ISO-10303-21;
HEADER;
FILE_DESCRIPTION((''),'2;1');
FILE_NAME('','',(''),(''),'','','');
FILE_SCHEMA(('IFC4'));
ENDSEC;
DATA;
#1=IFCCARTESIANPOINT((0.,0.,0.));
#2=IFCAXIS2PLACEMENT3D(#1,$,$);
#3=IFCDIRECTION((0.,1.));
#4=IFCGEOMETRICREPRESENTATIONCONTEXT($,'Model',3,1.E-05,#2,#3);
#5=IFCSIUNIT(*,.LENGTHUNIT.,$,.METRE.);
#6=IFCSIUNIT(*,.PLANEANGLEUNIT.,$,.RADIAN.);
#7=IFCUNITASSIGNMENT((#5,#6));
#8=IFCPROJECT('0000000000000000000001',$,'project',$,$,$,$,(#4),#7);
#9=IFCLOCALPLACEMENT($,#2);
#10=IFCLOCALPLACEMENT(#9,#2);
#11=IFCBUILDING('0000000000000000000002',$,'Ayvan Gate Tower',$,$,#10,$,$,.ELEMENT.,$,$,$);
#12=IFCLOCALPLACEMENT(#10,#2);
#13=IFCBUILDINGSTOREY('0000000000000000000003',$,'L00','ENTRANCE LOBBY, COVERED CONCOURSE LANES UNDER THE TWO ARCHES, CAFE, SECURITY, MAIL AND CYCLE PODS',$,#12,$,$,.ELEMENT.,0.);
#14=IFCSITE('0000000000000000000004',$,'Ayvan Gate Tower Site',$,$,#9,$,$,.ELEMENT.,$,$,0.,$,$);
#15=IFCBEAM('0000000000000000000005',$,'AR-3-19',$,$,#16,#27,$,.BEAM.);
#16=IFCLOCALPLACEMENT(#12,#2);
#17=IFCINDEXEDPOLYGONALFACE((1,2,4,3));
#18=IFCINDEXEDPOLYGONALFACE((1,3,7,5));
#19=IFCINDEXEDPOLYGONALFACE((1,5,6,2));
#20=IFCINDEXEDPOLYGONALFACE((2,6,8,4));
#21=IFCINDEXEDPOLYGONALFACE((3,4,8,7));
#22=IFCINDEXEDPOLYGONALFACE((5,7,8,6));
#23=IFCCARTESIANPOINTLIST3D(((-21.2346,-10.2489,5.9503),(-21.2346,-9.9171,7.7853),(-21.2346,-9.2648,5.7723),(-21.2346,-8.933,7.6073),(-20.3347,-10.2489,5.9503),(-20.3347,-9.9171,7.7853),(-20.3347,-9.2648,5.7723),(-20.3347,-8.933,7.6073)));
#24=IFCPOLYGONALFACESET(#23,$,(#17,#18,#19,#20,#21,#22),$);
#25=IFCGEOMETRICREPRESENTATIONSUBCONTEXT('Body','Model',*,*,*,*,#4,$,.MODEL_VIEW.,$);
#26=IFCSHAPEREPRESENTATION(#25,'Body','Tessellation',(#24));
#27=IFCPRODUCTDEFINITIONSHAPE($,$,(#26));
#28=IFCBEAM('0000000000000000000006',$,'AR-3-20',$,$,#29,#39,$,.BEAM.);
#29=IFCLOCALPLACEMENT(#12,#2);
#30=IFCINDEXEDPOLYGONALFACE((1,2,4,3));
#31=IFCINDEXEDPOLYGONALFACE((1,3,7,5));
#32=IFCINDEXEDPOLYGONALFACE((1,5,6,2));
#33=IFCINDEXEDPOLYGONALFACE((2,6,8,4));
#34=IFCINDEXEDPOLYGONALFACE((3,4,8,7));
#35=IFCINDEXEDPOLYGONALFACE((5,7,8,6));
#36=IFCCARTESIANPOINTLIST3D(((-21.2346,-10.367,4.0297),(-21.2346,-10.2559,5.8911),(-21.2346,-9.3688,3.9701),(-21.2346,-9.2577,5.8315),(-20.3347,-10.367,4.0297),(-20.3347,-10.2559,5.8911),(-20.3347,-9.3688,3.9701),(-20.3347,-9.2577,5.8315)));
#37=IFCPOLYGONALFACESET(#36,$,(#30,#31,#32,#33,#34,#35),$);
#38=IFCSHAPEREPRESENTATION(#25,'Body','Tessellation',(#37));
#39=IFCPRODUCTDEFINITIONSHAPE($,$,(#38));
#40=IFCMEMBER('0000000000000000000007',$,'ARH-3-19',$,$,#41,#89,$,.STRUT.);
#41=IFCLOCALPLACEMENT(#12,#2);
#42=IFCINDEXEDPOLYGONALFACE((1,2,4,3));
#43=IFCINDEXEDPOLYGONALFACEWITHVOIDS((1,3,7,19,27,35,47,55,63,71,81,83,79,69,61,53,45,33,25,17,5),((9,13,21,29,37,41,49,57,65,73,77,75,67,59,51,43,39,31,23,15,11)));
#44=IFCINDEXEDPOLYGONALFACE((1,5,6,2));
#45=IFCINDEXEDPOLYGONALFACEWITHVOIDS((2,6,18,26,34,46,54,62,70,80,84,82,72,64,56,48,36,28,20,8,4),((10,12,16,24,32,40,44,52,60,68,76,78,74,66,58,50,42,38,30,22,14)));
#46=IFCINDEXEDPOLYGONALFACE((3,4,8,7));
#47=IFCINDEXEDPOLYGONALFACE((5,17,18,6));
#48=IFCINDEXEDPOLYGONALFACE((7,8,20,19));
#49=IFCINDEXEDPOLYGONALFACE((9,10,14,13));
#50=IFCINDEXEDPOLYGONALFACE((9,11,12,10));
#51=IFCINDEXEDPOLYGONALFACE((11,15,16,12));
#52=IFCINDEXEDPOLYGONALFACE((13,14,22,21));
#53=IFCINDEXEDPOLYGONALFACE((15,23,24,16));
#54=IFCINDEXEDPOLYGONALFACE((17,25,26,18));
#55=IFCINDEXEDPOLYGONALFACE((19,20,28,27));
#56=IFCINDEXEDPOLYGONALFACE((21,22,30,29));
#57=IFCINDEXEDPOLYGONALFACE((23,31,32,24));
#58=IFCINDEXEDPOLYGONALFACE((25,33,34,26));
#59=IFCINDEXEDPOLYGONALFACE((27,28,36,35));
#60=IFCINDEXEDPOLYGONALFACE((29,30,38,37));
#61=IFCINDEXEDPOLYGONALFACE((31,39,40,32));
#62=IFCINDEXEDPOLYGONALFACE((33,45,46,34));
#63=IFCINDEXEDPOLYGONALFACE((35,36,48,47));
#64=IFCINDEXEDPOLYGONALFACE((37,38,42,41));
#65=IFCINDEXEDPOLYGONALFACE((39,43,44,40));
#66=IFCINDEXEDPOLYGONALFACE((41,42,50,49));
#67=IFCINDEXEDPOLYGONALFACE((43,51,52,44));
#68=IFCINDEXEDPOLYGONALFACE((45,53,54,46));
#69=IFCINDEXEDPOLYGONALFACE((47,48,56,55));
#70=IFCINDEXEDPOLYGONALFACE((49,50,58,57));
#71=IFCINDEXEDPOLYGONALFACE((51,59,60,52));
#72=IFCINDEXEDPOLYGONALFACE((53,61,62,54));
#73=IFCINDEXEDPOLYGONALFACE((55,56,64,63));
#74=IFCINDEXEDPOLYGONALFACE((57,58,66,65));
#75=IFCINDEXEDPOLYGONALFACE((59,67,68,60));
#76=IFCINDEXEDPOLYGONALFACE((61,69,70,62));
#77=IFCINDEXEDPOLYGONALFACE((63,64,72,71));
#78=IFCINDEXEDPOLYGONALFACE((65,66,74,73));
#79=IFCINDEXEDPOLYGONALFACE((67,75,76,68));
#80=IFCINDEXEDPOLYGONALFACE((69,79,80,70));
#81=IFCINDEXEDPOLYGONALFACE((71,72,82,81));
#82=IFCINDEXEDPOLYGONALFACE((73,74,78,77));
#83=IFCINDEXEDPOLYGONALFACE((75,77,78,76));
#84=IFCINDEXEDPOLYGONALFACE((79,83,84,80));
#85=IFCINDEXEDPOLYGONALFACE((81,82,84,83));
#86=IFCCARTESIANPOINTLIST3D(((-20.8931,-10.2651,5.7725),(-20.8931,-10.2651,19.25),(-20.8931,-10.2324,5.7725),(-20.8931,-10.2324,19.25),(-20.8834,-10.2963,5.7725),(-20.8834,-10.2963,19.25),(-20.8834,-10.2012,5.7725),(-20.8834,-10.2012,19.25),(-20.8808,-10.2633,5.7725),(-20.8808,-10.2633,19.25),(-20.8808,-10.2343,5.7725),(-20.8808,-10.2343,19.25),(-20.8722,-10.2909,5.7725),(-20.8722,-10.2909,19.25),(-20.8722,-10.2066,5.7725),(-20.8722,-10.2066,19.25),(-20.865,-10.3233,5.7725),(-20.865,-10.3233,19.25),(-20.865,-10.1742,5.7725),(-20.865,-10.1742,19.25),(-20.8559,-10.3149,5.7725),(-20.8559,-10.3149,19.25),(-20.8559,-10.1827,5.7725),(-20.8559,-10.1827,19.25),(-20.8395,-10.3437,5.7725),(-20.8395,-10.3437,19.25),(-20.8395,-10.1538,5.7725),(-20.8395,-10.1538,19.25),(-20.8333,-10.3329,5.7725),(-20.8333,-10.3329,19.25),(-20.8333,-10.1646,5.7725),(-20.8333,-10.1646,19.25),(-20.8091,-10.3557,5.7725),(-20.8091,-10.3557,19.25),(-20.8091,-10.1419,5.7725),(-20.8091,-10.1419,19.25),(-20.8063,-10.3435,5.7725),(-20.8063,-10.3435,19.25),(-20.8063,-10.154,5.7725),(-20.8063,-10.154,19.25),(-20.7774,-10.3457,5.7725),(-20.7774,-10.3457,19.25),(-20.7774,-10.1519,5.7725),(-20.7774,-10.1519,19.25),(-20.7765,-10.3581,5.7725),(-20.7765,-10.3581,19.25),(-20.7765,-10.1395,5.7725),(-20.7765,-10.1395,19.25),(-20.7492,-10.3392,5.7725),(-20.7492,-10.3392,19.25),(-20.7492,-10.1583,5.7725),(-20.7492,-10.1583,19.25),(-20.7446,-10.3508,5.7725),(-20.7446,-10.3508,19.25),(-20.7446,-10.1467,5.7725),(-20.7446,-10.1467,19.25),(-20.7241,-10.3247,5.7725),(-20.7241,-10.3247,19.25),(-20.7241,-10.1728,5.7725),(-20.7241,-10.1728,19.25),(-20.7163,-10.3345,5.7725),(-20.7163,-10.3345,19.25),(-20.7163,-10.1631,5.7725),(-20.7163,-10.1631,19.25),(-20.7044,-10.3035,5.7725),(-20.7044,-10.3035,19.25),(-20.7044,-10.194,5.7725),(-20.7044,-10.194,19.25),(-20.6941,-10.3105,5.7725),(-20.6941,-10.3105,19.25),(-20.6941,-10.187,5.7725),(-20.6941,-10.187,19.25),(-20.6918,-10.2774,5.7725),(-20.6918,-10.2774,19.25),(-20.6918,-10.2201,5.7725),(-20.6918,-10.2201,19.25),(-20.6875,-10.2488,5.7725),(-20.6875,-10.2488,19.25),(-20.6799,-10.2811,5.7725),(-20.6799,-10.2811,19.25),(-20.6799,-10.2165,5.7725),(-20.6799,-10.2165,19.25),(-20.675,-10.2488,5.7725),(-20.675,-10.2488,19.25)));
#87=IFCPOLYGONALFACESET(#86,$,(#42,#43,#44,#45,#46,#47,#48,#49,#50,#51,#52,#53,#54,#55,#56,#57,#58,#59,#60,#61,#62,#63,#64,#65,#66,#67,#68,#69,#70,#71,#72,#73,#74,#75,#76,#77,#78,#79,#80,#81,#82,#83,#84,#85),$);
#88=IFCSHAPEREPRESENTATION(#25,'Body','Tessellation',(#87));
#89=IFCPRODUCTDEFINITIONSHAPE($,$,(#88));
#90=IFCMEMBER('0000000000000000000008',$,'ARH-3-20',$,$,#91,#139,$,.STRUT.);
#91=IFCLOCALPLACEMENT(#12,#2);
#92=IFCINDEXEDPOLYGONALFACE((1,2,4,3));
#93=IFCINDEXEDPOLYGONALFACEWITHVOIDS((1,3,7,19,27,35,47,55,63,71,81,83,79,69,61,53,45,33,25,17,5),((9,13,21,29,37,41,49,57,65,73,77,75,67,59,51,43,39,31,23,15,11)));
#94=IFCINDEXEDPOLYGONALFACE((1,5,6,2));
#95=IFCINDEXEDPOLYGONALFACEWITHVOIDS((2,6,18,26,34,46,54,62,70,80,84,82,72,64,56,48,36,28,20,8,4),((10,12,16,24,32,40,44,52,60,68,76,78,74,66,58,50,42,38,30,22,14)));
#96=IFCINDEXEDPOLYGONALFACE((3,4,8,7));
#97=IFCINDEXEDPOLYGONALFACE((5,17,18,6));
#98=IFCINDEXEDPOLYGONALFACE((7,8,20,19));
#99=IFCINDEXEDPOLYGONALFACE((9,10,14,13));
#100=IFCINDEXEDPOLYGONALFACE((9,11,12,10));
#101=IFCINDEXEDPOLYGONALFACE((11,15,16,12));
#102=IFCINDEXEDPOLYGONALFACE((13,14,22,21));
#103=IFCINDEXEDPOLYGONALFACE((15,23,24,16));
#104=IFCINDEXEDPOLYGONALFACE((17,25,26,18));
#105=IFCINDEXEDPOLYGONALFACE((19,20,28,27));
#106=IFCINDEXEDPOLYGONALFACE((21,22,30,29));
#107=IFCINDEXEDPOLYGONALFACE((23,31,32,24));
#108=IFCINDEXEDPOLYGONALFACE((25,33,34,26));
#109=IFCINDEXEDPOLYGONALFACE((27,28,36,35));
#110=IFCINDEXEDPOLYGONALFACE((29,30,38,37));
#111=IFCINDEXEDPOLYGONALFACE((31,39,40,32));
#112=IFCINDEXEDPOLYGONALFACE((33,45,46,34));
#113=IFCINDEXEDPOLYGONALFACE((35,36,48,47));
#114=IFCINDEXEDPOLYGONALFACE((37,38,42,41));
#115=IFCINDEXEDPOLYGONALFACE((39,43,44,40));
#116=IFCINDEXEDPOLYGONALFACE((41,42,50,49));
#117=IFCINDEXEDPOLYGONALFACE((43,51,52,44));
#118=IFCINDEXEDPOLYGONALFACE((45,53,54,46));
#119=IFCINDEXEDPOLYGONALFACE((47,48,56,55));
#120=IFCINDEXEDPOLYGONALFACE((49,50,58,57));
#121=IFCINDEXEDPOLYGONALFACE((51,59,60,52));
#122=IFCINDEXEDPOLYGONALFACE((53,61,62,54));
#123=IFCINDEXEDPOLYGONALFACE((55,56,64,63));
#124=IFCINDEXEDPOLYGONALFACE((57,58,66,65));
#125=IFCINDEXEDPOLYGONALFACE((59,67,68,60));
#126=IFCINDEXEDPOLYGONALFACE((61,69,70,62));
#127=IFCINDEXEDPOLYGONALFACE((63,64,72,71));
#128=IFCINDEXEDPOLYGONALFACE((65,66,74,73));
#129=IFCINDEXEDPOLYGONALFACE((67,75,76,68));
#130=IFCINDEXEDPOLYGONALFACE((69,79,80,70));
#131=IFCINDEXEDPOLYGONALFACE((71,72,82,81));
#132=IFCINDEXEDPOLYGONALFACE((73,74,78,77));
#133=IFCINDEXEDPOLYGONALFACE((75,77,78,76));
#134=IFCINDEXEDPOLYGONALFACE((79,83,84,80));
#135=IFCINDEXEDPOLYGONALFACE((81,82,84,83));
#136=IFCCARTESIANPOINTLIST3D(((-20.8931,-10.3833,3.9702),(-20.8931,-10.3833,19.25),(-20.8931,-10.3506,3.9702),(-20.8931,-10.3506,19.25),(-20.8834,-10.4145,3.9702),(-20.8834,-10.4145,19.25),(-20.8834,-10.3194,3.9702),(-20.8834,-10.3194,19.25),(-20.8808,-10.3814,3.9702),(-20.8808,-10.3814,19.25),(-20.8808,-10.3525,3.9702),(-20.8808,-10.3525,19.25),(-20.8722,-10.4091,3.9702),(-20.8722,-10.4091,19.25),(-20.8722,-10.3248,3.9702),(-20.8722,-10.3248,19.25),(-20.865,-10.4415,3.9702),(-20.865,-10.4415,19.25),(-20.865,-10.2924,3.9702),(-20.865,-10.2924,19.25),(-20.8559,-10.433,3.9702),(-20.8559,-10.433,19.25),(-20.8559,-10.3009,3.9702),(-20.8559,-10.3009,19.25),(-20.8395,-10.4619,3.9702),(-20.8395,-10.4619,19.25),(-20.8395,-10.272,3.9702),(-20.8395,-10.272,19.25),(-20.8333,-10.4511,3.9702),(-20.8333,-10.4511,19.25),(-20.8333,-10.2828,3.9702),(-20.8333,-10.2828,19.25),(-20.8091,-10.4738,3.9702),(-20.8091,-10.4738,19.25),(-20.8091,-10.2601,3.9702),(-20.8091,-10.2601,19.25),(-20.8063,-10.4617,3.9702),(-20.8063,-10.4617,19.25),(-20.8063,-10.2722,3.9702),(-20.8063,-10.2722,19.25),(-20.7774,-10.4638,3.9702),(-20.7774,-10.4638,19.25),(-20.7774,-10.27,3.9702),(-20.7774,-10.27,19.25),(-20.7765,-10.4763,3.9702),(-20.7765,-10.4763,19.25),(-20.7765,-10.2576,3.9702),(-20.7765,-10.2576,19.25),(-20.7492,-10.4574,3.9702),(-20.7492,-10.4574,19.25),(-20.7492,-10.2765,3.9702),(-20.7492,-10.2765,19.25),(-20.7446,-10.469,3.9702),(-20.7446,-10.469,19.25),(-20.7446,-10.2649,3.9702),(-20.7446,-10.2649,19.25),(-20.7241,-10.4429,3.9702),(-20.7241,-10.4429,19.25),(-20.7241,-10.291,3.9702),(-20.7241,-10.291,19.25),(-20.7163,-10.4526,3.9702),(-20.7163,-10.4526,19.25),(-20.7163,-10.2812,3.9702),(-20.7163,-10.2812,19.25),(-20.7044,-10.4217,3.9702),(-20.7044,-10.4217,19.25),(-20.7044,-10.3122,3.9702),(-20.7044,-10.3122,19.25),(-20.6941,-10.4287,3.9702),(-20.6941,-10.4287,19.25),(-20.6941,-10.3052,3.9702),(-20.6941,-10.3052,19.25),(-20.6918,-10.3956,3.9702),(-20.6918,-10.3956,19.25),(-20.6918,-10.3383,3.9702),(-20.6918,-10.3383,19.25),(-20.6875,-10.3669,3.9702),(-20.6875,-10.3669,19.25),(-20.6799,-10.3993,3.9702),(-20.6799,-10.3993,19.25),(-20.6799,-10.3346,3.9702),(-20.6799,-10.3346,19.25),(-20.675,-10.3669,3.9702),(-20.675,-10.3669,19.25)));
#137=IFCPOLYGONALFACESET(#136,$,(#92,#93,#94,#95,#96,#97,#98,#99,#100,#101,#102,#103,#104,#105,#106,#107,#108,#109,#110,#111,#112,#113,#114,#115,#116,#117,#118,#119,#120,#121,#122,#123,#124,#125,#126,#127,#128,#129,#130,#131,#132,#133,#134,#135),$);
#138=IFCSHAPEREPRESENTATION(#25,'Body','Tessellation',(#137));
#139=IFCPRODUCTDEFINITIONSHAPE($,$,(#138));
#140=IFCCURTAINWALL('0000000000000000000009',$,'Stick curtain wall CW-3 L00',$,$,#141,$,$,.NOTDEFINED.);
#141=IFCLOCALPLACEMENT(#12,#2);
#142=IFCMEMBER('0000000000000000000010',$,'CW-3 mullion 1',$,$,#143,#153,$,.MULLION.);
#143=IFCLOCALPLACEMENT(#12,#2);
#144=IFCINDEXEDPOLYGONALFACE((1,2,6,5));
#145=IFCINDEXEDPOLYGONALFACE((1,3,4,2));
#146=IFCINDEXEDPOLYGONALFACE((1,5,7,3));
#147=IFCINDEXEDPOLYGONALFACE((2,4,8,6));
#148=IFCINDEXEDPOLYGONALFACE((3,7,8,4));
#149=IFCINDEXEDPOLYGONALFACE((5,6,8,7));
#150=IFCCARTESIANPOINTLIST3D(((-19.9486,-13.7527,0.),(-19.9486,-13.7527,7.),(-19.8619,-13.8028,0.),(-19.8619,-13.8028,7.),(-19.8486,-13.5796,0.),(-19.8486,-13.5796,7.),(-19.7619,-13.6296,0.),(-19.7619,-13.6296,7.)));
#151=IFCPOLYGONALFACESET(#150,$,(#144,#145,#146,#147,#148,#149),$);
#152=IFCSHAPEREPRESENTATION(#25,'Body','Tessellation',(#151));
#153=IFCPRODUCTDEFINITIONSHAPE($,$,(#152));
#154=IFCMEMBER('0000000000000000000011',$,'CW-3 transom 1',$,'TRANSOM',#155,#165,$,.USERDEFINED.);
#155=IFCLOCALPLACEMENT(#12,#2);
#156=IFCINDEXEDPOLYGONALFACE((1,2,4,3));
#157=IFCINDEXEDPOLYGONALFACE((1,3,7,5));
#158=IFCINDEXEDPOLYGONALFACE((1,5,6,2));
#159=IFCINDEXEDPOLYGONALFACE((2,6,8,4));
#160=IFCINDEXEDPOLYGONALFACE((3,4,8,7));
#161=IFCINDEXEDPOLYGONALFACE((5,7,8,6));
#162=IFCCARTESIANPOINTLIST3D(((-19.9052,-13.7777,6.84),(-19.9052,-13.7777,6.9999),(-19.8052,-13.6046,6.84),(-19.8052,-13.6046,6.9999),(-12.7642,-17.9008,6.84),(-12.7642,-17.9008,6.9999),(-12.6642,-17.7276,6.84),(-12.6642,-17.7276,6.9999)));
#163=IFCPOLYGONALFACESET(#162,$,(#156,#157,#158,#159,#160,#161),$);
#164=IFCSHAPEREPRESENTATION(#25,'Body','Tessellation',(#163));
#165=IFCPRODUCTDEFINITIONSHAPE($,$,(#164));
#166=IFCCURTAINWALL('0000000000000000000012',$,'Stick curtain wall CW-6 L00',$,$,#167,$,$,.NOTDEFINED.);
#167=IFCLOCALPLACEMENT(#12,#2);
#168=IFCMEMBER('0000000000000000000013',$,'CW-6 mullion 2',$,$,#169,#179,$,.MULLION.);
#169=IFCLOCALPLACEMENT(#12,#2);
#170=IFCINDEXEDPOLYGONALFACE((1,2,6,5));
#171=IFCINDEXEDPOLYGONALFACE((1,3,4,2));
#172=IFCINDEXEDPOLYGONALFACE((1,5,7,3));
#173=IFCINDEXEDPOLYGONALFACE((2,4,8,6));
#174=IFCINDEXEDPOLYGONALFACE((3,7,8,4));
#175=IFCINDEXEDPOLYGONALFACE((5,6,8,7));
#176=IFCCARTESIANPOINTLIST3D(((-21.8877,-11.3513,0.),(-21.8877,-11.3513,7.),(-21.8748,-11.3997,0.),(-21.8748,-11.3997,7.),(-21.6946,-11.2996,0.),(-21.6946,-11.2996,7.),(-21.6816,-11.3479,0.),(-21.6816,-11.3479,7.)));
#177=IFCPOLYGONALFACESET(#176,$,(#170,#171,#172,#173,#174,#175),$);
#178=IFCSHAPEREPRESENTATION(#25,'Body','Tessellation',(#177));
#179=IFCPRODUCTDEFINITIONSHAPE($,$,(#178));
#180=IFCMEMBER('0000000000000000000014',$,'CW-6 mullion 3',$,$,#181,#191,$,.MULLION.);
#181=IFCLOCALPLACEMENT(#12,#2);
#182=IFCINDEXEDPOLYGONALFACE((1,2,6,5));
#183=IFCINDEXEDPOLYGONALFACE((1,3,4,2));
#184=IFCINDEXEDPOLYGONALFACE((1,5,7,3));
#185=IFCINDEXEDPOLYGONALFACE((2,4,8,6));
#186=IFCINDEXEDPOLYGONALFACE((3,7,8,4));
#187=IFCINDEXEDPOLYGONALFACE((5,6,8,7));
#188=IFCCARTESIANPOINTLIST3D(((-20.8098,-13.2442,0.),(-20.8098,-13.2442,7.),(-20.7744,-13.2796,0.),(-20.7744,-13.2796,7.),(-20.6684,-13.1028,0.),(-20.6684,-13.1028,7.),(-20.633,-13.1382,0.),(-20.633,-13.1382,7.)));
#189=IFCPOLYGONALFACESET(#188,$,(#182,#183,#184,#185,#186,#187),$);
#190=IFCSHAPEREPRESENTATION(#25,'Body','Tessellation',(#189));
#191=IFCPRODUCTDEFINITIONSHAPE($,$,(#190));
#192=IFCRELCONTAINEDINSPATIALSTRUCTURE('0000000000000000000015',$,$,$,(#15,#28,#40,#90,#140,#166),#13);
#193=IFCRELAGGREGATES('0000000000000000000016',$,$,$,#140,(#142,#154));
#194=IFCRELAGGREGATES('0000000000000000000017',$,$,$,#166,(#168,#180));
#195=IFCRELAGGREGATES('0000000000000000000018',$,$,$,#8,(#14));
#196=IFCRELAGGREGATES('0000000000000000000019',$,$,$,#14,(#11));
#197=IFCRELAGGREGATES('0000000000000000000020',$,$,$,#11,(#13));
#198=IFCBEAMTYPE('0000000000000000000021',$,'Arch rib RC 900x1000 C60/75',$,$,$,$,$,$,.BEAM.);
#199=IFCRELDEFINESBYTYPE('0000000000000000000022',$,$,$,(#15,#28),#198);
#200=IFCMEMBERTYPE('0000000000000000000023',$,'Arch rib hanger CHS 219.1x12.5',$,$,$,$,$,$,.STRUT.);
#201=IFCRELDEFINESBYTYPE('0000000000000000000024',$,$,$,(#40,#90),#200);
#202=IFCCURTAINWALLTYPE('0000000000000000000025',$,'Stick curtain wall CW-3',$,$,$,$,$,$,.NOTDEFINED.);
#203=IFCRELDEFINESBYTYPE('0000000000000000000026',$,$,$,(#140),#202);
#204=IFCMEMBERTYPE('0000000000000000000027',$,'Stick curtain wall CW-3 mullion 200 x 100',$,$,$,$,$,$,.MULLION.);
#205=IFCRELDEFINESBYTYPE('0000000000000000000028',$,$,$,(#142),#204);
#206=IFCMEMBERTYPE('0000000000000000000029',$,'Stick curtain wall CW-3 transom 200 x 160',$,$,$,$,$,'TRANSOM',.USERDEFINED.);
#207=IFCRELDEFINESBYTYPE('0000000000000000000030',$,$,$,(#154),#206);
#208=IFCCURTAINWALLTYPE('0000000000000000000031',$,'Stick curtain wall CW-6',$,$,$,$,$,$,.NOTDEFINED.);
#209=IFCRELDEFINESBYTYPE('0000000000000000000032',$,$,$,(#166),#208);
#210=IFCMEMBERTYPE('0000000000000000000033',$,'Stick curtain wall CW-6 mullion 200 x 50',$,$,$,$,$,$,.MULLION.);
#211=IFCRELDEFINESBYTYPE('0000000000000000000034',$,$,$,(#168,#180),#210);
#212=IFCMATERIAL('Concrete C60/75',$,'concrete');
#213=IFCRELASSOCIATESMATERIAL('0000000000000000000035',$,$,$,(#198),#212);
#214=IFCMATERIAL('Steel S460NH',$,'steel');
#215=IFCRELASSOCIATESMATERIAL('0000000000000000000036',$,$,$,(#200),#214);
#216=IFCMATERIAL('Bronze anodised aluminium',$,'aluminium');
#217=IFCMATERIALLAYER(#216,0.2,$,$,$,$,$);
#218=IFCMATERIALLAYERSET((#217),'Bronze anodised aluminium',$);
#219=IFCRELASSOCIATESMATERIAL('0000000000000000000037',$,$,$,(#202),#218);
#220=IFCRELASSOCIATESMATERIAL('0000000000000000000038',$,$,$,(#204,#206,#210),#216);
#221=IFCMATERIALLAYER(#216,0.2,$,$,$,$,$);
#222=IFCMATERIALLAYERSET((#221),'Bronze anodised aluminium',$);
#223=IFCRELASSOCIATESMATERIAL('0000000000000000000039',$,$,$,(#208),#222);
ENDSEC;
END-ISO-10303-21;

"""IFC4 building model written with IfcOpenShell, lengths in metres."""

from ifc_helpers import new_model, si_unit, direction, frame, origin, origin_2d, place, context, subcontext, project, spatial, rectangle, hollow_circle, extrude, material, layer, layer_set, material_profile, profile_set, type_object, element, aggregate, save


model = new_model("IFC4")

# Units and contexts
model_context = context("Model", 3, precision=1e-05, world=origin(), true_north=direction((0.0, 1.0)))
body_context = subcontext(model_context, "Body", "Model", "MODEL_VIEW")
ifc_project = project(units=[si_unit("LENGTHUNIT", "METRE"), si_unit("PLANEANGLEUNIT", "RADIAN")], contexts=[model_context])

# Site, building, storey
site_placement = place(None, origin())
site = spatial("IfcSite", under=ifc_project, at=site_placement, Name="Ayvan Gate Tower Site", CompositionType="ELEMENT", RefElevation=0.0)
building_placement = place(site_placement, origin())
building = spatial("IfcBuilding", under=site, at=building_placement, Name="Ayvan Gate Tower", CompositionType="ELEMENT")
storey_placement = place(building_placement, origin())
storey = spatial("IfcBuildingStorey", under=building, at=storey_placement, Name="L00", Description="ENTRANCE LOBBY, COVERED CONCOURSE LANES UNDER THE TWO ARCHES, CAFE, SECURITY, MAIL AND CYCLE PODS", CompositionType="ELEMENT", Elevation=0.0)

# Shared definitions
ifc_material_1 = material(Name="Concrete C60/75", Category="concrete")

# Beams
ifc_material_profile_1 = material_profile(ifc_material_1, rectangle(XDim=0.8999, YDim=1.0, at=origin_2d()), Name="RC 900x1000")
ifc_profile_set_1 = profile_set([ifc_material_profile_1], Name="Concrete C60/75")
beam_type = type_object("IfcBeamType", Name="Arch rib RC 900x1000 C60/75", PredefinedType="BEAM", material=ifc_profile_set_1)
for number, where, z_axis, x_axis, name in (
    (1, (-20.7847, -9.425, 7.6963), (0.0, -0.177929, -0.984043), (1.0, 0.0, 0.0), "AR-3-19"),
    (2, (-20.7847, -9.7568, 5.8613), (0.0, -0.059574, -0.998224), (1.0, 0.0, 0.0), "AR-3-20"),
):
    element("IfcBeam", number, at=place(storey_placement, frame(where, z_axis=z_axis, x_axis=x_axis)), inside=storey, type_object=beam_type, Name=name, PredefinedType="BEAM", context=body_context, shape_type="SweptSolid", body=[
        extrude(rectangle(XDim=0.8999, YDim=1.0, at=origin_2d()), origin(), (0.0, 0.0, 1.0), 1.8647),
    ])

# Members
ifc_material_2 = material(Name="Steel S460NH", Category="steel")
ifc_material_profile_2 = material_profile(ifc_material_2, hollow_circle(Radius=0.1096, WallThickness=0.0125, at=origin_2d()), Name="CHS 219.1x12.5")
ifc_profile_set_2 = profile_set([ifc_material_profile_2], Name="Steel S460NH")
member_type_1 = type_object("IfcMemberType", Name="Arch rib hanger CHS 219.1x12.5", PredefinedType="STRUT", material=ifc_profile_set_2)
member_1_placement = place(storey_placement, frame((-20.7847, -10.2488, 5.7725), z_axis=(0.0, 0.0, 1.0), x_axis=(1.0, 0.0, 0.0)))
element("IfcMember", 3, at=member_1_placement, inside=storey, type_object=member_type_1, Name="ARH-3-19", PredefinedType="STRUT", context=body_context, shape_type="SweptSolid", body=[
    extrude(hollow_circle(Radius=0.1096, WallThickness=0.0125, at=origin_2d()), origin(), (0.0, 0.0, 1.0), 13.4775),
])
member_2_placement = place(storey_placement, frame((-20.7847, -10.3669, 3.9702), z_axis=(0.0, 0.0, 1.0), x_axis=(1.0, 0.0, 0.0)))
element("IfcMember", 4, at=member_2_placement, inside=storey, type_object=member_type_1, Name="ARH-3-20", PredefinedType="STRUT", context=body_context, shape_type="SweptSolid", body=[
    extrude(hollow_circle(Radius=0.1096, WallThickness=0.0125, at=origin_2d()), origin(), (0.0, 0.0, 1.0), 15.2798),
])

# Curtain walls, members
ifc_material_3 = material(Name="Bronze anodised aluminium", Category="aluminium")
ifc_layer_1 = layer(ifc_material_3, 0.2)
ifc_layer_set_1 = layer_set([ifc_layer_1], Name="Bronze anodised aluminium")
curtain_wall_type_1 = type_object("IfcCurtainWallType", Name="Stick curtain wall CW-3", PredefinedType="NOTDEFINED", material=ifc_layer_set_1)
curtain_wall_1_placement = place(storey_placement, origin())
curtain_wall_1 = element("IfcCurtainWall", 5, at=curtain_wall_1_placement, inside=storey, type_object=curtain_wall_type_1, Name="Stick curtain wall CW-3 L00", PredefinedType="NOTDEFINED")
ifc_material_profile_3 = material_profile(ifc_material_3, rectangle(XDim=0.2, YDim=0.1001, at=origin_2d()), Name="Stick curtain wall CW-3 mullion 200 x 100")
ifc_profile_set_3 = profile_set([ifc_material_profile_3], Name="Bronze anodised aluminium")
member_type_2 = type_object("IfcMemberType", Name="Stick curtain wall CW-3 mullion 200 x 100", PredefinedType="MULLION", material=ifc_profile_set_3)
member_3_placement = place(storey_placement, frame((-19.8552, -13.6912, 0.0), z_axis=(0.0, 0.0, 1.0), x_axis=(-0.5, -0.866025, 0.0)))
member_3 = element("IfcMember", 6, at=member_3_placement, type_object=member_type_2, Name="CW-3 mullion 1", PredefinedType="MULLION", context=body_context, shape_type="SweptSolid", body=[
    extrude(rectangle(XDim=0.2, YDim=0.1001, at=origin_2d()), origin(), (0.0, 0.0, 1.0), 7.0),
])
ifc_material_profile_4 = material_profile(ifc_material_3, rectangle(XDim=0.2, YDim=0.1599, at=origin_2d()), Name="Stick curtain wall CW-3 transom 200 x 160")
ifc_profile_set_4 = profile_set([ifc_material_profile_4], Name="Bronze anodised aluminium")
member_type_3 = type_object("IfcMemberType", Name="Stick curtain wall CW-3 transom 200 x 160", ElementType="TRANSOM", PredefinedType="USERDEFINED", material=ifc_profile_set_4)
member_4_placement = place(storey_placement, frame((-19.8552, -13.6912, 6.9199), z_axis=(0.866019, -0.500011, 0.0), x_axis=(0.500011, 0.866019, 0.0)))
member_4 = element("IfcMember", 7, at=member_4_placement, type_object=member_type_3, Name="CW-3 transom 1", ObjectType="TRANSOM", PredefinedType="USERDEFINED", context=body_context, shape_type="SweptSolid", body=[
    extrude(rectangle(XDim=0.2, YDim=0.1599, at=origin_2d()), origin(), (0.0, 0.0, 1.0), 8.2458),
])
ifc_layer_2 = layer(ifc_material_3, 0.2)
ifc_layer_set_2 = layer_set([ifc_layer_2], Name="Bronze anodised aluminium")
curtain_wall_type_2 = type_object("IfcCurtainWallType", Name="Stick curtain wall CW-6", PredefinedType="NOTDEFINED", material=ifc_layer_set_2)
curtain_wall_2_placement = place(storey_placement, origin())
curtain_wall_2 = element("IfcCurtainWall", 8, at=curtain_wall_2_placement, inside=storey, type_object=curtain_wall_type_2, Name="Stick curtain wall CW-6 L00", PredefinedType="NOTDEFINED")
ifc_material_profile_5 = material_profile(ifc_material_3, rectangle(XDim=0.2, YDim=0.05, at=origin_2d()), Name="Stick curtain wall CW-6 mullion 200 x 50")
ifc_profile_set_5 = profile_set([ifc_material_profile_5], Name="Bronze anodised aluminium")
member_type_4 = type_object("IfcMemberType", Name="Stick curtain wall CW-6 mullion 200 x 50", PredefinedType="MULLION", material=ifc_profile_set_5)
member_5_placement = place(storey_placement, frame((-21.7847, -11.3496, 0.0), z_axis=(0.0, 0.0, 1.0), x_axis=(-0.965926, -0.258819, 0.0)))
member_5 = element("IfcMember", 9, at=member_5_placement, type_object=member_type_4, Name="CW-6 mullion 2", PredefinedType="MULLION", context=body_context, shape_type="SweptSolid", body=[
    extrude(rectangle(XDim=0.2, YDim=0.05, at=origin_2d()), origin(), (0.0, 0.0, 1.0), 7.0),
])
member_6_placement = place(storey_placement, frame((-20.7214, -13.1912, 0.0), z_axis=(0.0, 0.0, 1.0), x_axis=(-0.707107, -0.707107, 0.0)))
member_6 = element("IfcMember", 10, at=member_6_placement, type_object=member_type_4, Name="CW-6 mullion 3", PredefinedType="MULLION", context=body_context, shape_type="SweptSolid", body=[
    extrude(rectangle(XDim=0.2, YDim=0.05, at=origin_2d()), origin(), (0.0, 0.0, 1.0), 7.0),
])

aggregate(curtain_wall_1, [member_3, member_4])
aggregate(curtain_wall_2, [member_5, member_6])

save(model, "model.ifc")
